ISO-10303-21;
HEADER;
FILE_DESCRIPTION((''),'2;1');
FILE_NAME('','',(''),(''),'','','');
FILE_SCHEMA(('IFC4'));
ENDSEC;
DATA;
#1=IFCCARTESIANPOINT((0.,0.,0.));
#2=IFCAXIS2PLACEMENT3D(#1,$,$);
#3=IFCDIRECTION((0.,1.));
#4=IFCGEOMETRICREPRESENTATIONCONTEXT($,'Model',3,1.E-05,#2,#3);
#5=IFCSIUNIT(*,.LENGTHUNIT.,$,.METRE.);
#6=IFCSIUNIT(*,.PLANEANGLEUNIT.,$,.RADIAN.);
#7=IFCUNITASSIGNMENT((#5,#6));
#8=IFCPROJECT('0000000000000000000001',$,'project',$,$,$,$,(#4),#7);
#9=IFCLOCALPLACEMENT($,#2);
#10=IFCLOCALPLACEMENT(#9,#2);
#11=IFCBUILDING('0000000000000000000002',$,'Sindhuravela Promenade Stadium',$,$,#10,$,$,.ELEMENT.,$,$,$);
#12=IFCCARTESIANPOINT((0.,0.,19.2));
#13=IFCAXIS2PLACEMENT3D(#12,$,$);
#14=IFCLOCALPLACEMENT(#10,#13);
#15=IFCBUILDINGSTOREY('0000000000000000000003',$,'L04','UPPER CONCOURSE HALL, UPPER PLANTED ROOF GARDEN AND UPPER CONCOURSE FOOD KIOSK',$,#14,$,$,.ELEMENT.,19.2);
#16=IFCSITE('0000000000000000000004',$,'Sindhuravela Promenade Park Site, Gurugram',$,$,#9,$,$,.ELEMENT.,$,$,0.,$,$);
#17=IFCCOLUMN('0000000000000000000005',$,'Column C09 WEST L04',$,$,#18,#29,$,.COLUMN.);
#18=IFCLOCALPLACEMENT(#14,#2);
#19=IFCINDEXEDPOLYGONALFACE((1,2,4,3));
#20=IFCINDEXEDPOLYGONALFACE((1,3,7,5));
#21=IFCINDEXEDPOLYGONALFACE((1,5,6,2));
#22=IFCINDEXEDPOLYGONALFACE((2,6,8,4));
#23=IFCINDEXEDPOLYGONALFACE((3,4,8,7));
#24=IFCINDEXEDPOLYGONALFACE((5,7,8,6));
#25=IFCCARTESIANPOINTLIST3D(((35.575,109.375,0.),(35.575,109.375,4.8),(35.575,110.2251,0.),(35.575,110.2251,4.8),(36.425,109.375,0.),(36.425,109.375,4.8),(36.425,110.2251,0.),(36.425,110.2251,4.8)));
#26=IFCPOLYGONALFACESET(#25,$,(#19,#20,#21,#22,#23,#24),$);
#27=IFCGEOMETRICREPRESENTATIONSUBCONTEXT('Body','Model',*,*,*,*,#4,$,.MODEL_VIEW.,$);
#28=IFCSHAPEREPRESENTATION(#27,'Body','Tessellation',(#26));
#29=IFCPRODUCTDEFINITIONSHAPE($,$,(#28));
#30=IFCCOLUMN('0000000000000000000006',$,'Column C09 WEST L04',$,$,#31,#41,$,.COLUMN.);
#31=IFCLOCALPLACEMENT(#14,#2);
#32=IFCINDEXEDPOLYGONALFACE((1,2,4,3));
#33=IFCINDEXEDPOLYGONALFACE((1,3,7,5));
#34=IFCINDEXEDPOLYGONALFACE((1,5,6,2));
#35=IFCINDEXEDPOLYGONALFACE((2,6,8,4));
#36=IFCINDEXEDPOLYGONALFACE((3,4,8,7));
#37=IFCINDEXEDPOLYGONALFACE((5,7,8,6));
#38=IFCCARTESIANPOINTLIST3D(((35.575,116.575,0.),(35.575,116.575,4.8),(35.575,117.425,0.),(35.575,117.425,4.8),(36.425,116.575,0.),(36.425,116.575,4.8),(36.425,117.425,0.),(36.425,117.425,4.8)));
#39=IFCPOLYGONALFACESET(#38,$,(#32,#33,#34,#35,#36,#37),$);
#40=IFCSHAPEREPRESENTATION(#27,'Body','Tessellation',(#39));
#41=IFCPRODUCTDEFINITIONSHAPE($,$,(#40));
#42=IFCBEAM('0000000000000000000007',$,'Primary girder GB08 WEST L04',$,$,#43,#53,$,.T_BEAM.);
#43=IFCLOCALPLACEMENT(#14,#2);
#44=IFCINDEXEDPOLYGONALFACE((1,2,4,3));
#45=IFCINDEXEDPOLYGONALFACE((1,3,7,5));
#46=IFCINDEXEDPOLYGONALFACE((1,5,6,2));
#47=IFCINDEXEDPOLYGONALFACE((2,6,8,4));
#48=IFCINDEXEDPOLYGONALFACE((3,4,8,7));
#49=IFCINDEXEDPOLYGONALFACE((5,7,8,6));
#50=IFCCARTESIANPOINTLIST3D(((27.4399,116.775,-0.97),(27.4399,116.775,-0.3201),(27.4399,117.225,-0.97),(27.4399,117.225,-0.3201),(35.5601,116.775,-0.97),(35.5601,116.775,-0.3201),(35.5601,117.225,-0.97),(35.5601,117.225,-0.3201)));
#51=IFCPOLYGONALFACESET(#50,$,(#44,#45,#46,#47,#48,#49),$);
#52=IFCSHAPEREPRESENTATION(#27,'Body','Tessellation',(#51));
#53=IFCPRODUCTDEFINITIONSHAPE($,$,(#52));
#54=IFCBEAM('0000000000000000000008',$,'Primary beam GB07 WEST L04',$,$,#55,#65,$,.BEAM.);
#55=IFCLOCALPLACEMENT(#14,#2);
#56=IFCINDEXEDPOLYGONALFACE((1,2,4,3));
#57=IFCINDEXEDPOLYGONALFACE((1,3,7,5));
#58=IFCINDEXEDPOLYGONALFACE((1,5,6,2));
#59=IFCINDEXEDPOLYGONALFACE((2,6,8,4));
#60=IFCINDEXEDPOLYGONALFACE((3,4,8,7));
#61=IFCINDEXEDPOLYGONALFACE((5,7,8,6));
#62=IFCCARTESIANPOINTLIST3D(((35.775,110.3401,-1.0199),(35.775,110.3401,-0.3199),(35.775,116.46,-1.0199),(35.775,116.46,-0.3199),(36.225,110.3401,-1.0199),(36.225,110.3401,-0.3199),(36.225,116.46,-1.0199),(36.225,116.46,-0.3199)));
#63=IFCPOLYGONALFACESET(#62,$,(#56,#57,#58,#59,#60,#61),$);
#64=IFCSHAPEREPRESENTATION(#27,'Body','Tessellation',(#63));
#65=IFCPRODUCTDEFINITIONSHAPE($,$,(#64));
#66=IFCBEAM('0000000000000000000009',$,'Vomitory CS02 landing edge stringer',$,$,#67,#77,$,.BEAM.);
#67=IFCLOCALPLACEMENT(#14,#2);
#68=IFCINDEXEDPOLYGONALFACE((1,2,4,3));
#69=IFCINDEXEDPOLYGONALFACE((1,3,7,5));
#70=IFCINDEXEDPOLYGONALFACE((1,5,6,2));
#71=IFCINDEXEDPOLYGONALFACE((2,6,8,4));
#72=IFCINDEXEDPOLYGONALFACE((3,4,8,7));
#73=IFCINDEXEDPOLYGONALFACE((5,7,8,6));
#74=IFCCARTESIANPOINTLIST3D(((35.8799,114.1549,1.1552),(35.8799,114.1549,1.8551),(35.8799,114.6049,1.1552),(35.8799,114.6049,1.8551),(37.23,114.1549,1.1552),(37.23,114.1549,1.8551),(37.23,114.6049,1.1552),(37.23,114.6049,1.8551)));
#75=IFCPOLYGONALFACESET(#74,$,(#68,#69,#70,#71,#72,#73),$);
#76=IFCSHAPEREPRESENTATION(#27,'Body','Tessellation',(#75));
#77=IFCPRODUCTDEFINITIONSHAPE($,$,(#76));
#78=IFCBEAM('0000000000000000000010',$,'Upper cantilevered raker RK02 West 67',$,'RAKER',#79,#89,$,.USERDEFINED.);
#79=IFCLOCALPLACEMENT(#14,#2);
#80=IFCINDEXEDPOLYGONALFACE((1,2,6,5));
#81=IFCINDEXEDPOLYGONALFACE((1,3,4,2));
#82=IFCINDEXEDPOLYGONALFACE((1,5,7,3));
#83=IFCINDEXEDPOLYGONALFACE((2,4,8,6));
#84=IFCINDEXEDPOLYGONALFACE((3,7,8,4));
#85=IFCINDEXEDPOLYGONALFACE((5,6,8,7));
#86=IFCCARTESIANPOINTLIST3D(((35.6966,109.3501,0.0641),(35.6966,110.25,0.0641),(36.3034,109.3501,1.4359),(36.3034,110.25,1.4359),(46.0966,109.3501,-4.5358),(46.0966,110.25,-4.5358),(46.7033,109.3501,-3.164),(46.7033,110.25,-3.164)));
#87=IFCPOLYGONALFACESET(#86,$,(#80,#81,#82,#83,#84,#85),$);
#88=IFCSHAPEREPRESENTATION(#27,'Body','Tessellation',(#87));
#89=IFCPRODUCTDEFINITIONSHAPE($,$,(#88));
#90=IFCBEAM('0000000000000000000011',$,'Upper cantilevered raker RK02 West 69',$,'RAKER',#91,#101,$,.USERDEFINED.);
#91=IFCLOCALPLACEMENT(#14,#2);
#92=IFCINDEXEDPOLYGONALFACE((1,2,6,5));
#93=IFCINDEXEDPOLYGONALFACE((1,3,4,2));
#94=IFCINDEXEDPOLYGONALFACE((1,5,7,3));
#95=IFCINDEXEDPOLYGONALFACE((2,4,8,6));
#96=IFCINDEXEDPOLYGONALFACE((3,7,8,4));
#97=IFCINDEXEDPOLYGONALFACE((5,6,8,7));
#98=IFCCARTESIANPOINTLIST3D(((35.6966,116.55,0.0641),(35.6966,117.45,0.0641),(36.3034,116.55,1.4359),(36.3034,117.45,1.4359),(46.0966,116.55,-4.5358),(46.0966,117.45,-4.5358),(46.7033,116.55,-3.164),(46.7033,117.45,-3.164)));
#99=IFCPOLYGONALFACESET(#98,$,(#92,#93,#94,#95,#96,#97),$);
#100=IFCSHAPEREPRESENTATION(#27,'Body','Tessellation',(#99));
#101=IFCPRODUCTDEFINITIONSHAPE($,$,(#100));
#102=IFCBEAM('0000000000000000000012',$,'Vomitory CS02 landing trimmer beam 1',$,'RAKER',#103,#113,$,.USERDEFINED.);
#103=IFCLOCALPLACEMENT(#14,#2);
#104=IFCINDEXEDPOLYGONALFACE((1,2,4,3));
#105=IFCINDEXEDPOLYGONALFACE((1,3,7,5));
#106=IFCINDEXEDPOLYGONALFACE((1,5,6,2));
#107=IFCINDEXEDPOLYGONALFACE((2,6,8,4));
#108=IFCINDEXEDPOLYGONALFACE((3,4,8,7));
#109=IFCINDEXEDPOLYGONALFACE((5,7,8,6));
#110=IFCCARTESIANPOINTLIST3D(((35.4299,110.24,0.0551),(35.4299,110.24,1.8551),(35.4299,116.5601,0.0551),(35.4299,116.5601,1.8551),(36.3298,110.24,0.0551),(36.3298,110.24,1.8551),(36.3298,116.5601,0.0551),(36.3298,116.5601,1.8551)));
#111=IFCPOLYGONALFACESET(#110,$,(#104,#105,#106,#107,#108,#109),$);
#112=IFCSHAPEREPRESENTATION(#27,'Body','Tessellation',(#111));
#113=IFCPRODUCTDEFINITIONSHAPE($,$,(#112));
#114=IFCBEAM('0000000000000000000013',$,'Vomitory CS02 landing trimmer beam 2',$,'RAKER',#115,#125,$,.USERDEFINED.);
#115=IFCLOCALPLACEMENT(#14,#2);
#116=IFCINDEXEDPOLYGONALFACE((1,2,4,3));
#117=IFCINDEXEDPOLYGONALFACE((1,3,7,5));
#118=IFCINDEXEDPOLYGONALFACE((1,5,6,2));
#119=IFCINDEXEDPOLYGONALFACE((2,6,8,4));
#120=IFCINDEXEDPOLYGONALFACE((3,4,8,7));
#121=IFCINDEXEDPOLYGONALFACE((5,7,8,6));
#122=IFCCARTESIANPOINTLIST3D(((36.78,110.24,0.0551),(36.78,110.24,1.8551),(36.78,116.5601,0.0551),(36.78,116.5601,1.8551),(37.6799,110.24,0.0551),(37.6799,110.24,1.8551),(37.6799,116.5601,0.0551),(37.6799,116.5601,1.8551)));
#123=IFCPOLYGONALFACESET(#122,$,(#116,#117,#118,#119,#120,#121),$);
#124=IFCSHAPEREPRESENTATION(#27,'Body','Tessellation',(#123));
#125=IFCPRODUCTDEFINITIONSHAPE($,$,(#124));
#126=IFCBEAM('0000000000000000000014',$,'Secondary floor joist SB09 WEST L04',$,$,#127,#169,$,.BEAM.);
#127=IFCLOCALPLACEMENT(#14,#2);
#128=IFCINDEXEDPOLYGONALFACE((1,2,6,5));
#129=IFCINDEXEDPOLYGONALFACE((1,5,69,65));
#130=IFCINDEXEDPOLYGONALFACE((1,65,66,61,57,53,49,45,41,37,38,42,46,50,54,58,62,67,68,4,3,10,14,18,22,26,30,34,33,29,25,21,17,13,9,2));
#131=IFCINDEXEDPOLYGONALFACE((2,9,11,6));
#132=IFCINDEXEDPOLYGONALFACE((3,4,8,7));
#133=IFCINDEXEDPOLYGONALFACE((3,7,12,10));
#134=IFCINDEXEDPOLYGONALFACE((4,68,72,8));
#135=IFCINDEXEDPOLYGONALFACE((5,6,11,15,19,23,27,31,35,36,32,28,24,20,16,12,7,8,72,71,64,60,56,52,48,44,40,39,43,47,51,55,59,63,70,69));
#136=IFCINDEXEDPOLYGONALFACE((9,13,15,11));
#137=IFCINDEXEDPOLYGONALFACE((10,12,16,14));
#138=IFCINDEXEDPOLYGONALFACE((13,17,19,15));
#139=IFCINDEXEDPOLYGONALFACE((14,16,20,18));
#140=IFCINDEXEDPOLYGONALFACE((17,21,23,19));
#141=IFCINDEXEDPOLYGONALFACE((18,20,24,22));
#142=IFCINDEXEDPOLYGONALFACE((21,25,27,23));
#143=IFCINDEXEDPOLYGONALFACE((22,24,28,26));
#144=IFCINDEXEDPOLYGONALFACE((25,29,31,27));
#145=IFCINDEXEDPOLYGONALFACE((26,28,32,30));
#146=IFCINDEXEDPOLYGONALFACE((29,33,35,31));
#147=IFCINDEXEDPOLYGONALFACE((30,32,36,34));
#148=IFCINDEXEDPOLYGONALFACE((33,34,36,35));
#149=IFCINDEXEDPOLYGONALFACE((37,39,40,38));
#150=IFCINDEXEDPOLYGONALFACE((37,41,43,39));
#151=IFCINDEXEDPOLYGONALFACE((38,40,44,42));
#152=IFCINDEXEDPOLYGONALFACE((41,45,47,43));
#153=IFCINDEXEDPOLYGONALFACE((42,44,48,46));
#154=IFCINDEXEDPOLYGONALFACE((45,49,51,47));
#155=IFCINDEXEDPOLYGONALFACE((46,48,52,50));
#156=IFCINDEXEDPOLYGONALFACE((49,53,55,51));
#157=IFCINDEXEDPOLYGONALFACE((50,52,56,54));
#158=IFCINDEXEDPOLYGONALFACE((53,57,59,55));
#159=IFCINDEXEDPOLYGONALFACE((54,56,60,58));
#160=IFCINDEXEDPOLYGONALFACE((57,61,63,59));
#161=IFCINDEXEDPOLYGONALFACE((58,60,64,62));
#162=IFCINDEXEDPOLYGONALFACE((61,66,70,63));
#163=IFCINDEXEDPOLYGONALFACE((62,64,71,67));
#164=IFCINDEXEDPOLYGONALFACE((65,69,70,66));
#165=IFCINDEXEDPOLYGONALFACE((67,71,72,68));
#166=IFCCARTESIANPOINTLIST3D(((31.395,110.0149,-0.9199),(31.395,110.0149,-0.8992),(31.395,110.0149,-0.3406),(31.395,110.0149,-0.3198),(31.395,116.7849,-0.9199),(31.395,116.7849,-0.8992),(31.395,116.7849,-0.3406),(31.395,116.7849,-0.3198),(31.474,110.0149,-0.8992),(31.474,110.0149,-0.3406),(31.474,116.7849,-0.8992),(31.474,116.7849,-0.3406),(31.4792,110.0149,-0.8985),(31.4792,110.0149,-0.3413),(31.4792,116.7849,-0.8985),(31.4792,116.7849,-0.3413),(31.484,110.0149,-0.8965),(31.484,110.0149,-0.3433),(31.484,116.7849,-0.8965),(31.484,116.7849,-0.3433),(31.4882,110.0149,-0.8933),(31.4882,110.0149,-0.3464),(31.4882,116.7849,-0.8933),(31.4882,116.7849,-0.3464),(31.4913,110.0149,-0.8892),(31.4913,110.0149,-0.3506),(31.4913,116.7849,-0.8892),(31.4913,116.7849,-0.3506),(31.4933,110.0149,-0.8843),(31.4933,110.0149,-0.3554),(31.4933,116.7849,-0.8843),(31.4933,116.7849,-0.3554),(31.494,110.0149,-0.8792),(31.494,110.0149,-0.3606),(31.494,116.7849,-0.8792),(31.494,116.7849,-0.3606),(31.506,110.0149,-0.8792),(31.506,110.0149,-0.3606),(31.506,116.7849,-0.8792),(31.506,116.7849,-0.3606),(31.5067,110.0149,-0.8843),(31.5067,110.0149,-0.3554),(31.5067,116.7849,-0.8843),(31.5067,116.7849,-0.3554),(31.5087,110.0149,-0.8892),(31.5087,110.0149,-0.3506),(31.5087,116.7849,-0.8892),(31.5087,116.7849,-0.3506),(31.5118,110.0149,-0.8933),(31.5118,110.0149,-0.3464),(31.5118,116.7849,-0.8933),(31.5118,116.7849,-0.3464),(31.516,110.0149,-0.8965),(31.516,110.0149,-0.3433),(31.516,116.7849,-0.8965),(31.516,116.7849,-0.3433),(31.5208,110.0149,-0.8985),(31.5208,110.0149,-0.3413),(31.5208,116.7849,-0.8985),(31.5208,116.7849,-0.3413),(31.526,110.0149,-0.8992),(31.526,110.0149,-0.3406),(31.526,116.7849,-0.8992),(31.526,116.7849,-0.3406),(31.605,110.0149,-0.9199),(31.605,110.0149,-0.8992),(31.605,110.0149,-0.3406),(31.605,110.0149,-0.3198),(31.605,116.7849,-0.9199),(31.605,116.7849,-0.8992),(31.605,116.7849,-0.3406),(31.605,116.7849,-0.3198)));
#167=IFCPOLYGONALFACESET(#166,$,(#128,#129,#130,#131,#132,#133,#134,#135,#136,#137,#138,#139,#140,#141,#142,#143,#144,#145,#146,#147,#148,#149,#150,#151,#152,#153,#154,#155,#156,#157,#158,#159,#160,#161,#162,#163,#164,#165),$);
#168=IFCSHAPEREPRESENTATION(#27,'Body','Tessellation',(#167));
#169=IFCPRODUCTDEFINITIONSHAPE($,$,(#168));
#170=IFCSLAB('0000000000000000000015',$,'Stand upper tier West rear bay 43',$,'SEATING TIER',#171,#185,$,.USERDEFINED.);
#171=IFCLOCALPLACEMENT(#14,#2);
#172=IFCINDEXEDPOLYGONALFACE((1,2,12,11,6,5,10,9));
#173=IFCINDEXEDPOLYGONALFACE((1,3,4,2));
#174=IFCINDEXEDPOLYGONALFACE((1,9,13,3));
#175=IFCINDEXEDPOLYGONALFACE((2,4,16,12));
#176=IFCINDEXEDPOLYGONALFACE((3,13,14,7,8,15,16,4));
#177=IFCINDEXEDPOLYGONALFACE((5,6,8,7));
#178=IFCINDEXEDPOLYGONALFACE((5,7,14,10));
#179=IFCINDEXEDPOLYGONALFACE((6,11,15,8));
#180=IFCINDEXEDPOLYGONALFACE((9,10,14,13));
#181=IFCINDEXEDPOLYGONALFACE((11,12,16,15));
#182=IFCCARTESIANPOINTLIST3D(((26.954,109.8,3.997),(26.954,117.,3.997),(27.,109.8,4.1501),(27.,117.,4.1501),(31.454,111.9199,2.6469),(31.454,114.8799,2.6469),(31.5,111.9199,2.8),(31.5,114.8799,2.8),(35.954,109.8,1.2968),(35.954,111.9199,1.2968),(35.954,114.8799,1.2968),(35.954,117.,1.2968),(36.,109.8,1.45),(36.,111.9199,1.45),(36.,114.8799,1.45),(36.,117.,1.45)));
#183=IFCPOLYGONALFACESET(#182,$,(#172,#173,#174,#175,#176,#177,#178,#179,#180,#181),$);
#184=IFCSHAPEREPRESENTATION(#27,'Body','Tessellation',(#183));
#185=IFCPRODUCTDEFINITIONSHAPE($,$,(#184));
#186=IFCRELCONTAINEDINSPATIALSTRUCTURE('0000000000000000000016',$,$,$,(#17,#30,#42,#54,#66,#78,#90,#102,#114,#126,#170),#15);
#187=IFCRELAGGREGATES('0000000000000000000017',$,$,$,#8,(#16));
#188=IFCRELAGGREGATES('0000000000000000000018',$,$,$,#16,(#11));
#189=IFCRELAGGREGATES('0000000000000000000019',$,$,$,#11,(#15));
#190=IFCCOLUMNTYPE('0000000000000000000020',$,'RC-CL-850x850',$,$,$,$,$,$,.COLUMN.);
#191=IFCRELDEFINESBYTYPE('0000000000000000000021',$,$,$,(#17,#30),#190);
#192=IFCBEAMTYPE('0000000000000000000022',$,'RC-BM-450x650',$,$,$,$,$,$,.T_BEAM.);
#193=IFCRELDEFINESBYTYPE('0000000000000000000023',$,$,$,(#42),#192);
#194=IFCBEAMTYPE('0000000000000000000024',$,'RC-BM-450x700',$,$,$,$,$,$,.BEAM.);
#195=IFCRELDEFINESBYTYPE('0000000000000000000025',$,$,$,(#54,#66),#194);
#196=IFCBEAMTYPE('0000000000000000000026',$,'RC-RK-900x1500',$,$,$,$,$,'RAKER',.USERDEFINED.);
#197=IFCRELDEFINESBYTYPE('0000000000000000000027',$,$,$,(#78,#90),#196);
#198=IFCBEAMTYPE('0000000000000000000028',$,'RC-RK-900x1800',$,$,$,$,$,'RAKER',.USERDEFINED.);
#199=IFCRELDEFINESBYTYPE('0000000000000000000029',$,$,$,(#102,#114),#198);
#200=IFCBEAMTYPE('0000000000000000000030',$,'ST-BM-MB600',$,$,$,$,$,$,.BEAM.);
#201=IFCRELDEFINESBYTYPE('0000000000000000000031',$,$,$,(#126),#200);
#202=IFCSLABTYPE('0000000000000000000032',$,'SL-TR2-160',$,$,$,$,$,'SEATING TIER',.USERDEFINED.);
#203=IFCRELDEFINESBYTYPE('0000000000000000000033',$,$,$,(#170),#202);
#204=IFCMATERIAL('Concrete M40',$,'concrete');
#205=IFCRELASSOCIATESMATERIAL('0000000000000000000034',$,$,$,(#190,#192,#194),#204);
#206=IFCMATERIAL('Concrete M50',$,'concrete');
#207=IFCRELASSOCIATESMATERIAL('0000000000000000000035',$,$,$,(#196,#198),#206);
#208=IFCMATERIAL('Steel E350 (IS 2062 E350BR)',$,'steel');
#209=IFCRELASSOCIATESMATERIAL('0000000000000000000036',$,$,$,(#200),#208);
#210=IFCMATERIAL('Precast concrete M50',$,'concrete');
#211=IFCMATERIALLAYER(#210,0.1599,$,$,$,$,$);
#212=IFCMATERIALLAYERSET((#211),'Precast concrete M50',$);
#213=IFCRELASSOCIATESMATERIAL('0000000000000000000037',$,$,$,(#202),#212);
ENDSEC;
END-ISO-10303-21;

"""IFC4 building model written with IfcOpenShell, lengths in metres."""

from ifc_helpers import new_model, si_unit, direction, frame, origin, origin_2d, place, context, subcontext, project, spatial, polyline, rectangle, i_section, outline, extrude, material, layer, layer_set, material_profile, profile_set, type_object, element, save


model = new_model("IFC4")

# Units and contexts
model_context = context("Model", 3, precision=1e-05, world=origin(), true_north=direction((0.0, 1.0)))
body_context = subcontext(model_context, "Body", "Model", "MODEL_VIEW")
ifc_project = project(units=[si_unit("LENGTHUNIT", "METRE"), si_unit("PLANEANGLEUNIT", "RADIAN")], contexts=[model_context])

# Site, building, storey
site_placement = place(None, origin())
site = spatial("IfcSite", under=ifc_project, at=site_placement, Name="Sindhuravela Promenade Park Site, Gurugram", CompositionType="ELEMENT", RefElevation=0.0)
building_placement = place(site_placement, origin())
building = spatial("IfcBuilding", under=site, at=building_placement, Name="Sindhuravela Promenade Stadium", CompositionType="ELEMENT")
storey_placement = place(building_placement, frame((0.0, 0.0, 19.2)))
storey = spatial("IfcBuildingStorey", under=building, at=storey_placement, Name="L04", Description="UPPER CONCOURSE HALL, UPPER PLANTED ROOF GARDEN AND UPPER CONCOURSE FOOD KIOSK", CompositionType="ELEMENT", Elevation=19.2)

# Columns
ifc_material_1 = material(Name="Concrete M40", Category="concrete")
ifc_material_profile_1 = material_profile(ifc_material_1, rectangle(XDim=0.8501, YDim=0.8501, at=origin_2d()), Name="RC 850x850")
ifc_profile_set_1 = profile_set([ifc_material_profile_1], Name="Concrete M40")
column_type = type_object("IfcColumnType", Name="RC-CL-850x850", PredefinedType="COLUMN", material=ifc_profile_set_1)
for number, where, z_axis, x_axis, name in (
    (1, (36.0, 109.8, 0.0), (0.0, 0.0, 1.0), (1.0, 0.0, 0.0), "Column C09 WEST L04"),
    (2, (36.0, 117.0, 0.0), (0.0, 0.0, 1.0), (1.0, 0.0, 0.0), "Column C09 WEST L04"),
):
    element("IfcColumn", number, at=place(storey_placement, frame(where, z_axis=z_axis, x_axis=x_axis)), inside=storey, type_object=column_type, Name=name, PredefinedType="COLUMN", context=body_context, shape_type="SweptSolid", body=[
        extrude(rectangle(XDim=0.8501, YDim=0.8501, at=origin_2d()), origin(), (0.0, 0.0, 1.0), 4.8),
    ])

# Beams
ifc_material_profile_2 = material_profile(ifc_material_1, rectangle(XDim=0.45, YDim=0.6499, at=origin_2d()), Name="RC 450x650")
ifc_profile_set_2 = profile_set([ifc_material_profile_2], Name="Concrete M40")
beam_type_1 = type_object("IfcBeamType", Name="RC-BM-450x650", PredefinedType="T_BEAM", material=ifc_profile_set_2)
beam_1_placement = place(storey_placement, frame((27.4399, 117.0, -0.645), z_axis=(1.0, 0.0, 0.0), x_axis=(0.0, 1.0, 0.0)))
element("IfcBeam", 3, at=beam_1_placement, inside=storey, type_object=beam_type_1, Name="Primary girder GB08 WEST L04", PredefinedType="T_BEAM", context=body_context, shape_type="SweptSolid", body=[
    extrude(rectangle(XDim=0.45, YDim=0.6499, at=origin_2d()), origin(), (0.0, 0.0, 1.0), 8.1201),
])
ifc_material_profile_3 = material_profile(ifc_material_1, rectangle(XDim=0.45, YDim=0.7, at=origin_2d()), Name="RC 450x700")
ifc_profile_set_3 = profile_set([ifc_material_profile_3], Name="Concrete M40")
beam_type_2 = type_object("IfcBeamType", Name="RC-BM-450x700", PredefinedType="BEAM", material=ifc_profile_set_3)
beam_2_placement = place(storey_placement, frame((36.0, 110.3401, -0.6699), z_axis=(0.0, 1.0, 0.0), x_axis=(-1.0, 0.0, 0.0)))
element("IfcBeam", 4, at=beam_2_placement, inside=storey, type_object=beam_type_2, Name="Primary beam GB07 WEST L04", PredefinedType="BEAM", context=body_context, shape_type="SweptSolid", body=[
    extrude(rectangle(XDim=0.45, YDim=0.7, at=origin_2d()), origin(), (0.0, 0.0, 1.0), 6.1199),
])
beam_3_placement = place(storey_placement, frame((35.8799, 114.3799, 1.5051), z_axis=(1.0, 0.0, 0.0), x_axis=(0.0, 1.0, 0.0)))
element("IfcBeam", 5, at=beam_3_placement, inside=storey, type_object=beam_type_2, Name="Vomitory CS02 landing edge stringer", PredefinedType="BEAM", context=body_context, shape_type="SweptSolid", body=[
    extrude(rectangle(XDim=0.45, YDim=0.7, at=origin_2d()), origin(), (0.0, 0.0, 1.0), 1.3501),
])
ifc_material_2 = material(Name="Concrete M50", Category="concrete")
ifc_material_profile_4 = material_profile(ifc_material_2, rectangle(XDim=0.8999, YDim=1.5, at=origin_2d()), Name="RC 900x1500")
ifc_profile_set_4 = profile_set([ifc_material_profile_4], Name="Concrete M50")
beam_type_3 = type_object("IfcBeamType", Name="RC-RK-900x1500", ElementType="RAKER", PredefinedType="USERDEFINED", material=ifc_profile_set_4)
for number, where, z_axis, x_axis, name in (
    (6, (36.0, 109.8, 0.75), (0.914539, 0.0, -0.404498), (0.0, 1.0, 0.0), "Upper cantilevered raker RK02 West 67"),
    (7, (36.0, 117.0, 0.75), (0.914539, 0.0, -0.404498), (0.0, 1.0, 0.0), "Upper cantilevered raker RK02 West 69"),
):
    element("IfcBeam", number, at=place(storey_placement, frame(where, z_axis=z_axis, x_axis=x_axis)), inside=storey, type_object=beam_type_3, Name=name, ObjectType="RAKER", PredefinedType="USERDEFINED", context=body_context, shape_type="SweptSolid", body=[
        extrude(rectangle(XDim=0.8999, YDim=1.5, at=origin_2d()), origin(), (0.0, 0.0, 1.0), 11.3718),
    ])
ifc_material_profile_5 = material_profile(ifc_material_2, rectangle(XDim=0.8999, YDim=1.8, at=origin_2d()), Name="RC 900x1800")
ifc_profile_set_5 = profile_set([ifc_material_profile_5], Name="Concrete M50")
beam_type_4 = type_object("IfcBeamType", Name="RC-RK-900x1800", ElementType="RAKER", PredefinedType="USERDEFINED", material=ifc_profile_set_5)
for number, where, z_axis, x_axis, name in (
    (8, (35.8799, 110.24, 0.9551), (0.0, 1.0, 0.0), (-1.0, 0.0, 0.0), "Vomitory CS02 landing trimmer beam 1"),
    (9, (37.23, 110.24, 0.9551), (0.0, 1.0, 0.0), (-1.0, 0.0, 0.0), "Vomitory CS02 landing trimmer beam 2"),
):
    element("IfcBeam", number, at=place(storey_placement, frame(where, z_axis=z_axis, x_axis=x_axis)), inside=storey, type_object=beam_type_4, Name=name, ObjectType="RAKER", PredefinedType="USERDEFINED", context=body_context, shape_type="SweptSolid", body=[
        extrude(rectangle(XDim=0.8999, YDim=1.8, at=origin_2d()), origin(), (0.0, 0.0, 1.0), 6.3201),
    ])
ifc_material_3 = material(Name="Steel E350 (IS 2062 E350BR)", Category="steel")
ifc_material_profile_6 = material_profile(ifc_material_3, i_section(OverallWidth=0.21, OverallDepth=0.6001, WebThickness=0.012, FlangeThickness=0.0208, FilletRadius=0.02, at=origin_2d()), Name="ISMB 600")
ifc_profile_set_6 = profile_set([ifc_material_profile_6], Name="Steel E350 (IS 2062 E350BR)")
beam_type_5 = type_object("IfcBeamType", Name="ST-BM-MB600", PredefinedType="BEAM", material=ifc_profile_set_6)
beam_4_placement = place(storey_placement, frame((31.5, 110.0149, -0.6199), z_axis=(0.0, 1.0, 0.0), x_axis=(-1.0, 0.0, 0.0)))
element("IfcBeam", 10, at=beam_4_placement, inside=storey, type_object=beam_type_5, Name="Secondary floor joist SB09 WEST L04", PredefinedType="BEAM", context=body_context, shape_type="SweptSolid", body=[
    extrude(i_section(OverallWidth=0.21, OverallDepth=0.6001, WebThickness=0.012, FlangeThickness=0.0208, FilletRadius=0.02, at=origin_2d()), origin(), (0.0, 0.0, 1.0), 6.77),
])

# Slab
ifc_material_4 = material(Name="Precast concrete M50", Category="concrete")
ifc_layer_1 = layer(ifc_material_4, 0.1599)
ifc_layer_set_1 = layer_set([ifc_layer_1], Name="Precast concrete M50")
slab_type_1 = type_object("IfcSlabType", Name="SL-TR2-160", ElementType="SEATING TIER", PredefinedType="USERDEFINED", material=ifc_layer_set_1)
slab_1_placement = place(storey_placement, frame((36.0, 109.8, 1.45), z_axis=(0.287367, 0.0, 0.957821), x_axis=(0.0, 1.0, 0.0)))
element("IfcSlab", 11, at=slab_1_placement, inside=storey, type_object=slab_type_1, Name="Stand upper tier West rear bay 43", ObjectType="SEATING TIER", PredefinedType="USERDEFINED", context=body_context, shape_type="SweptSolid", body=[
    extrude(outline(polyline([(0.0, 0.0), (2.1199, 0.0), (2.1199, 4.6982), (5.0798, 4.6982), (5.0798, 0.0), (7.2, 0.0), (7.2, 9.3963), (0.0, 9.3963), (0.0, 0.0)])), origin(), (0.0, 0.0, -1.0), 0.1599),
])

save(model, "model.ifc")
